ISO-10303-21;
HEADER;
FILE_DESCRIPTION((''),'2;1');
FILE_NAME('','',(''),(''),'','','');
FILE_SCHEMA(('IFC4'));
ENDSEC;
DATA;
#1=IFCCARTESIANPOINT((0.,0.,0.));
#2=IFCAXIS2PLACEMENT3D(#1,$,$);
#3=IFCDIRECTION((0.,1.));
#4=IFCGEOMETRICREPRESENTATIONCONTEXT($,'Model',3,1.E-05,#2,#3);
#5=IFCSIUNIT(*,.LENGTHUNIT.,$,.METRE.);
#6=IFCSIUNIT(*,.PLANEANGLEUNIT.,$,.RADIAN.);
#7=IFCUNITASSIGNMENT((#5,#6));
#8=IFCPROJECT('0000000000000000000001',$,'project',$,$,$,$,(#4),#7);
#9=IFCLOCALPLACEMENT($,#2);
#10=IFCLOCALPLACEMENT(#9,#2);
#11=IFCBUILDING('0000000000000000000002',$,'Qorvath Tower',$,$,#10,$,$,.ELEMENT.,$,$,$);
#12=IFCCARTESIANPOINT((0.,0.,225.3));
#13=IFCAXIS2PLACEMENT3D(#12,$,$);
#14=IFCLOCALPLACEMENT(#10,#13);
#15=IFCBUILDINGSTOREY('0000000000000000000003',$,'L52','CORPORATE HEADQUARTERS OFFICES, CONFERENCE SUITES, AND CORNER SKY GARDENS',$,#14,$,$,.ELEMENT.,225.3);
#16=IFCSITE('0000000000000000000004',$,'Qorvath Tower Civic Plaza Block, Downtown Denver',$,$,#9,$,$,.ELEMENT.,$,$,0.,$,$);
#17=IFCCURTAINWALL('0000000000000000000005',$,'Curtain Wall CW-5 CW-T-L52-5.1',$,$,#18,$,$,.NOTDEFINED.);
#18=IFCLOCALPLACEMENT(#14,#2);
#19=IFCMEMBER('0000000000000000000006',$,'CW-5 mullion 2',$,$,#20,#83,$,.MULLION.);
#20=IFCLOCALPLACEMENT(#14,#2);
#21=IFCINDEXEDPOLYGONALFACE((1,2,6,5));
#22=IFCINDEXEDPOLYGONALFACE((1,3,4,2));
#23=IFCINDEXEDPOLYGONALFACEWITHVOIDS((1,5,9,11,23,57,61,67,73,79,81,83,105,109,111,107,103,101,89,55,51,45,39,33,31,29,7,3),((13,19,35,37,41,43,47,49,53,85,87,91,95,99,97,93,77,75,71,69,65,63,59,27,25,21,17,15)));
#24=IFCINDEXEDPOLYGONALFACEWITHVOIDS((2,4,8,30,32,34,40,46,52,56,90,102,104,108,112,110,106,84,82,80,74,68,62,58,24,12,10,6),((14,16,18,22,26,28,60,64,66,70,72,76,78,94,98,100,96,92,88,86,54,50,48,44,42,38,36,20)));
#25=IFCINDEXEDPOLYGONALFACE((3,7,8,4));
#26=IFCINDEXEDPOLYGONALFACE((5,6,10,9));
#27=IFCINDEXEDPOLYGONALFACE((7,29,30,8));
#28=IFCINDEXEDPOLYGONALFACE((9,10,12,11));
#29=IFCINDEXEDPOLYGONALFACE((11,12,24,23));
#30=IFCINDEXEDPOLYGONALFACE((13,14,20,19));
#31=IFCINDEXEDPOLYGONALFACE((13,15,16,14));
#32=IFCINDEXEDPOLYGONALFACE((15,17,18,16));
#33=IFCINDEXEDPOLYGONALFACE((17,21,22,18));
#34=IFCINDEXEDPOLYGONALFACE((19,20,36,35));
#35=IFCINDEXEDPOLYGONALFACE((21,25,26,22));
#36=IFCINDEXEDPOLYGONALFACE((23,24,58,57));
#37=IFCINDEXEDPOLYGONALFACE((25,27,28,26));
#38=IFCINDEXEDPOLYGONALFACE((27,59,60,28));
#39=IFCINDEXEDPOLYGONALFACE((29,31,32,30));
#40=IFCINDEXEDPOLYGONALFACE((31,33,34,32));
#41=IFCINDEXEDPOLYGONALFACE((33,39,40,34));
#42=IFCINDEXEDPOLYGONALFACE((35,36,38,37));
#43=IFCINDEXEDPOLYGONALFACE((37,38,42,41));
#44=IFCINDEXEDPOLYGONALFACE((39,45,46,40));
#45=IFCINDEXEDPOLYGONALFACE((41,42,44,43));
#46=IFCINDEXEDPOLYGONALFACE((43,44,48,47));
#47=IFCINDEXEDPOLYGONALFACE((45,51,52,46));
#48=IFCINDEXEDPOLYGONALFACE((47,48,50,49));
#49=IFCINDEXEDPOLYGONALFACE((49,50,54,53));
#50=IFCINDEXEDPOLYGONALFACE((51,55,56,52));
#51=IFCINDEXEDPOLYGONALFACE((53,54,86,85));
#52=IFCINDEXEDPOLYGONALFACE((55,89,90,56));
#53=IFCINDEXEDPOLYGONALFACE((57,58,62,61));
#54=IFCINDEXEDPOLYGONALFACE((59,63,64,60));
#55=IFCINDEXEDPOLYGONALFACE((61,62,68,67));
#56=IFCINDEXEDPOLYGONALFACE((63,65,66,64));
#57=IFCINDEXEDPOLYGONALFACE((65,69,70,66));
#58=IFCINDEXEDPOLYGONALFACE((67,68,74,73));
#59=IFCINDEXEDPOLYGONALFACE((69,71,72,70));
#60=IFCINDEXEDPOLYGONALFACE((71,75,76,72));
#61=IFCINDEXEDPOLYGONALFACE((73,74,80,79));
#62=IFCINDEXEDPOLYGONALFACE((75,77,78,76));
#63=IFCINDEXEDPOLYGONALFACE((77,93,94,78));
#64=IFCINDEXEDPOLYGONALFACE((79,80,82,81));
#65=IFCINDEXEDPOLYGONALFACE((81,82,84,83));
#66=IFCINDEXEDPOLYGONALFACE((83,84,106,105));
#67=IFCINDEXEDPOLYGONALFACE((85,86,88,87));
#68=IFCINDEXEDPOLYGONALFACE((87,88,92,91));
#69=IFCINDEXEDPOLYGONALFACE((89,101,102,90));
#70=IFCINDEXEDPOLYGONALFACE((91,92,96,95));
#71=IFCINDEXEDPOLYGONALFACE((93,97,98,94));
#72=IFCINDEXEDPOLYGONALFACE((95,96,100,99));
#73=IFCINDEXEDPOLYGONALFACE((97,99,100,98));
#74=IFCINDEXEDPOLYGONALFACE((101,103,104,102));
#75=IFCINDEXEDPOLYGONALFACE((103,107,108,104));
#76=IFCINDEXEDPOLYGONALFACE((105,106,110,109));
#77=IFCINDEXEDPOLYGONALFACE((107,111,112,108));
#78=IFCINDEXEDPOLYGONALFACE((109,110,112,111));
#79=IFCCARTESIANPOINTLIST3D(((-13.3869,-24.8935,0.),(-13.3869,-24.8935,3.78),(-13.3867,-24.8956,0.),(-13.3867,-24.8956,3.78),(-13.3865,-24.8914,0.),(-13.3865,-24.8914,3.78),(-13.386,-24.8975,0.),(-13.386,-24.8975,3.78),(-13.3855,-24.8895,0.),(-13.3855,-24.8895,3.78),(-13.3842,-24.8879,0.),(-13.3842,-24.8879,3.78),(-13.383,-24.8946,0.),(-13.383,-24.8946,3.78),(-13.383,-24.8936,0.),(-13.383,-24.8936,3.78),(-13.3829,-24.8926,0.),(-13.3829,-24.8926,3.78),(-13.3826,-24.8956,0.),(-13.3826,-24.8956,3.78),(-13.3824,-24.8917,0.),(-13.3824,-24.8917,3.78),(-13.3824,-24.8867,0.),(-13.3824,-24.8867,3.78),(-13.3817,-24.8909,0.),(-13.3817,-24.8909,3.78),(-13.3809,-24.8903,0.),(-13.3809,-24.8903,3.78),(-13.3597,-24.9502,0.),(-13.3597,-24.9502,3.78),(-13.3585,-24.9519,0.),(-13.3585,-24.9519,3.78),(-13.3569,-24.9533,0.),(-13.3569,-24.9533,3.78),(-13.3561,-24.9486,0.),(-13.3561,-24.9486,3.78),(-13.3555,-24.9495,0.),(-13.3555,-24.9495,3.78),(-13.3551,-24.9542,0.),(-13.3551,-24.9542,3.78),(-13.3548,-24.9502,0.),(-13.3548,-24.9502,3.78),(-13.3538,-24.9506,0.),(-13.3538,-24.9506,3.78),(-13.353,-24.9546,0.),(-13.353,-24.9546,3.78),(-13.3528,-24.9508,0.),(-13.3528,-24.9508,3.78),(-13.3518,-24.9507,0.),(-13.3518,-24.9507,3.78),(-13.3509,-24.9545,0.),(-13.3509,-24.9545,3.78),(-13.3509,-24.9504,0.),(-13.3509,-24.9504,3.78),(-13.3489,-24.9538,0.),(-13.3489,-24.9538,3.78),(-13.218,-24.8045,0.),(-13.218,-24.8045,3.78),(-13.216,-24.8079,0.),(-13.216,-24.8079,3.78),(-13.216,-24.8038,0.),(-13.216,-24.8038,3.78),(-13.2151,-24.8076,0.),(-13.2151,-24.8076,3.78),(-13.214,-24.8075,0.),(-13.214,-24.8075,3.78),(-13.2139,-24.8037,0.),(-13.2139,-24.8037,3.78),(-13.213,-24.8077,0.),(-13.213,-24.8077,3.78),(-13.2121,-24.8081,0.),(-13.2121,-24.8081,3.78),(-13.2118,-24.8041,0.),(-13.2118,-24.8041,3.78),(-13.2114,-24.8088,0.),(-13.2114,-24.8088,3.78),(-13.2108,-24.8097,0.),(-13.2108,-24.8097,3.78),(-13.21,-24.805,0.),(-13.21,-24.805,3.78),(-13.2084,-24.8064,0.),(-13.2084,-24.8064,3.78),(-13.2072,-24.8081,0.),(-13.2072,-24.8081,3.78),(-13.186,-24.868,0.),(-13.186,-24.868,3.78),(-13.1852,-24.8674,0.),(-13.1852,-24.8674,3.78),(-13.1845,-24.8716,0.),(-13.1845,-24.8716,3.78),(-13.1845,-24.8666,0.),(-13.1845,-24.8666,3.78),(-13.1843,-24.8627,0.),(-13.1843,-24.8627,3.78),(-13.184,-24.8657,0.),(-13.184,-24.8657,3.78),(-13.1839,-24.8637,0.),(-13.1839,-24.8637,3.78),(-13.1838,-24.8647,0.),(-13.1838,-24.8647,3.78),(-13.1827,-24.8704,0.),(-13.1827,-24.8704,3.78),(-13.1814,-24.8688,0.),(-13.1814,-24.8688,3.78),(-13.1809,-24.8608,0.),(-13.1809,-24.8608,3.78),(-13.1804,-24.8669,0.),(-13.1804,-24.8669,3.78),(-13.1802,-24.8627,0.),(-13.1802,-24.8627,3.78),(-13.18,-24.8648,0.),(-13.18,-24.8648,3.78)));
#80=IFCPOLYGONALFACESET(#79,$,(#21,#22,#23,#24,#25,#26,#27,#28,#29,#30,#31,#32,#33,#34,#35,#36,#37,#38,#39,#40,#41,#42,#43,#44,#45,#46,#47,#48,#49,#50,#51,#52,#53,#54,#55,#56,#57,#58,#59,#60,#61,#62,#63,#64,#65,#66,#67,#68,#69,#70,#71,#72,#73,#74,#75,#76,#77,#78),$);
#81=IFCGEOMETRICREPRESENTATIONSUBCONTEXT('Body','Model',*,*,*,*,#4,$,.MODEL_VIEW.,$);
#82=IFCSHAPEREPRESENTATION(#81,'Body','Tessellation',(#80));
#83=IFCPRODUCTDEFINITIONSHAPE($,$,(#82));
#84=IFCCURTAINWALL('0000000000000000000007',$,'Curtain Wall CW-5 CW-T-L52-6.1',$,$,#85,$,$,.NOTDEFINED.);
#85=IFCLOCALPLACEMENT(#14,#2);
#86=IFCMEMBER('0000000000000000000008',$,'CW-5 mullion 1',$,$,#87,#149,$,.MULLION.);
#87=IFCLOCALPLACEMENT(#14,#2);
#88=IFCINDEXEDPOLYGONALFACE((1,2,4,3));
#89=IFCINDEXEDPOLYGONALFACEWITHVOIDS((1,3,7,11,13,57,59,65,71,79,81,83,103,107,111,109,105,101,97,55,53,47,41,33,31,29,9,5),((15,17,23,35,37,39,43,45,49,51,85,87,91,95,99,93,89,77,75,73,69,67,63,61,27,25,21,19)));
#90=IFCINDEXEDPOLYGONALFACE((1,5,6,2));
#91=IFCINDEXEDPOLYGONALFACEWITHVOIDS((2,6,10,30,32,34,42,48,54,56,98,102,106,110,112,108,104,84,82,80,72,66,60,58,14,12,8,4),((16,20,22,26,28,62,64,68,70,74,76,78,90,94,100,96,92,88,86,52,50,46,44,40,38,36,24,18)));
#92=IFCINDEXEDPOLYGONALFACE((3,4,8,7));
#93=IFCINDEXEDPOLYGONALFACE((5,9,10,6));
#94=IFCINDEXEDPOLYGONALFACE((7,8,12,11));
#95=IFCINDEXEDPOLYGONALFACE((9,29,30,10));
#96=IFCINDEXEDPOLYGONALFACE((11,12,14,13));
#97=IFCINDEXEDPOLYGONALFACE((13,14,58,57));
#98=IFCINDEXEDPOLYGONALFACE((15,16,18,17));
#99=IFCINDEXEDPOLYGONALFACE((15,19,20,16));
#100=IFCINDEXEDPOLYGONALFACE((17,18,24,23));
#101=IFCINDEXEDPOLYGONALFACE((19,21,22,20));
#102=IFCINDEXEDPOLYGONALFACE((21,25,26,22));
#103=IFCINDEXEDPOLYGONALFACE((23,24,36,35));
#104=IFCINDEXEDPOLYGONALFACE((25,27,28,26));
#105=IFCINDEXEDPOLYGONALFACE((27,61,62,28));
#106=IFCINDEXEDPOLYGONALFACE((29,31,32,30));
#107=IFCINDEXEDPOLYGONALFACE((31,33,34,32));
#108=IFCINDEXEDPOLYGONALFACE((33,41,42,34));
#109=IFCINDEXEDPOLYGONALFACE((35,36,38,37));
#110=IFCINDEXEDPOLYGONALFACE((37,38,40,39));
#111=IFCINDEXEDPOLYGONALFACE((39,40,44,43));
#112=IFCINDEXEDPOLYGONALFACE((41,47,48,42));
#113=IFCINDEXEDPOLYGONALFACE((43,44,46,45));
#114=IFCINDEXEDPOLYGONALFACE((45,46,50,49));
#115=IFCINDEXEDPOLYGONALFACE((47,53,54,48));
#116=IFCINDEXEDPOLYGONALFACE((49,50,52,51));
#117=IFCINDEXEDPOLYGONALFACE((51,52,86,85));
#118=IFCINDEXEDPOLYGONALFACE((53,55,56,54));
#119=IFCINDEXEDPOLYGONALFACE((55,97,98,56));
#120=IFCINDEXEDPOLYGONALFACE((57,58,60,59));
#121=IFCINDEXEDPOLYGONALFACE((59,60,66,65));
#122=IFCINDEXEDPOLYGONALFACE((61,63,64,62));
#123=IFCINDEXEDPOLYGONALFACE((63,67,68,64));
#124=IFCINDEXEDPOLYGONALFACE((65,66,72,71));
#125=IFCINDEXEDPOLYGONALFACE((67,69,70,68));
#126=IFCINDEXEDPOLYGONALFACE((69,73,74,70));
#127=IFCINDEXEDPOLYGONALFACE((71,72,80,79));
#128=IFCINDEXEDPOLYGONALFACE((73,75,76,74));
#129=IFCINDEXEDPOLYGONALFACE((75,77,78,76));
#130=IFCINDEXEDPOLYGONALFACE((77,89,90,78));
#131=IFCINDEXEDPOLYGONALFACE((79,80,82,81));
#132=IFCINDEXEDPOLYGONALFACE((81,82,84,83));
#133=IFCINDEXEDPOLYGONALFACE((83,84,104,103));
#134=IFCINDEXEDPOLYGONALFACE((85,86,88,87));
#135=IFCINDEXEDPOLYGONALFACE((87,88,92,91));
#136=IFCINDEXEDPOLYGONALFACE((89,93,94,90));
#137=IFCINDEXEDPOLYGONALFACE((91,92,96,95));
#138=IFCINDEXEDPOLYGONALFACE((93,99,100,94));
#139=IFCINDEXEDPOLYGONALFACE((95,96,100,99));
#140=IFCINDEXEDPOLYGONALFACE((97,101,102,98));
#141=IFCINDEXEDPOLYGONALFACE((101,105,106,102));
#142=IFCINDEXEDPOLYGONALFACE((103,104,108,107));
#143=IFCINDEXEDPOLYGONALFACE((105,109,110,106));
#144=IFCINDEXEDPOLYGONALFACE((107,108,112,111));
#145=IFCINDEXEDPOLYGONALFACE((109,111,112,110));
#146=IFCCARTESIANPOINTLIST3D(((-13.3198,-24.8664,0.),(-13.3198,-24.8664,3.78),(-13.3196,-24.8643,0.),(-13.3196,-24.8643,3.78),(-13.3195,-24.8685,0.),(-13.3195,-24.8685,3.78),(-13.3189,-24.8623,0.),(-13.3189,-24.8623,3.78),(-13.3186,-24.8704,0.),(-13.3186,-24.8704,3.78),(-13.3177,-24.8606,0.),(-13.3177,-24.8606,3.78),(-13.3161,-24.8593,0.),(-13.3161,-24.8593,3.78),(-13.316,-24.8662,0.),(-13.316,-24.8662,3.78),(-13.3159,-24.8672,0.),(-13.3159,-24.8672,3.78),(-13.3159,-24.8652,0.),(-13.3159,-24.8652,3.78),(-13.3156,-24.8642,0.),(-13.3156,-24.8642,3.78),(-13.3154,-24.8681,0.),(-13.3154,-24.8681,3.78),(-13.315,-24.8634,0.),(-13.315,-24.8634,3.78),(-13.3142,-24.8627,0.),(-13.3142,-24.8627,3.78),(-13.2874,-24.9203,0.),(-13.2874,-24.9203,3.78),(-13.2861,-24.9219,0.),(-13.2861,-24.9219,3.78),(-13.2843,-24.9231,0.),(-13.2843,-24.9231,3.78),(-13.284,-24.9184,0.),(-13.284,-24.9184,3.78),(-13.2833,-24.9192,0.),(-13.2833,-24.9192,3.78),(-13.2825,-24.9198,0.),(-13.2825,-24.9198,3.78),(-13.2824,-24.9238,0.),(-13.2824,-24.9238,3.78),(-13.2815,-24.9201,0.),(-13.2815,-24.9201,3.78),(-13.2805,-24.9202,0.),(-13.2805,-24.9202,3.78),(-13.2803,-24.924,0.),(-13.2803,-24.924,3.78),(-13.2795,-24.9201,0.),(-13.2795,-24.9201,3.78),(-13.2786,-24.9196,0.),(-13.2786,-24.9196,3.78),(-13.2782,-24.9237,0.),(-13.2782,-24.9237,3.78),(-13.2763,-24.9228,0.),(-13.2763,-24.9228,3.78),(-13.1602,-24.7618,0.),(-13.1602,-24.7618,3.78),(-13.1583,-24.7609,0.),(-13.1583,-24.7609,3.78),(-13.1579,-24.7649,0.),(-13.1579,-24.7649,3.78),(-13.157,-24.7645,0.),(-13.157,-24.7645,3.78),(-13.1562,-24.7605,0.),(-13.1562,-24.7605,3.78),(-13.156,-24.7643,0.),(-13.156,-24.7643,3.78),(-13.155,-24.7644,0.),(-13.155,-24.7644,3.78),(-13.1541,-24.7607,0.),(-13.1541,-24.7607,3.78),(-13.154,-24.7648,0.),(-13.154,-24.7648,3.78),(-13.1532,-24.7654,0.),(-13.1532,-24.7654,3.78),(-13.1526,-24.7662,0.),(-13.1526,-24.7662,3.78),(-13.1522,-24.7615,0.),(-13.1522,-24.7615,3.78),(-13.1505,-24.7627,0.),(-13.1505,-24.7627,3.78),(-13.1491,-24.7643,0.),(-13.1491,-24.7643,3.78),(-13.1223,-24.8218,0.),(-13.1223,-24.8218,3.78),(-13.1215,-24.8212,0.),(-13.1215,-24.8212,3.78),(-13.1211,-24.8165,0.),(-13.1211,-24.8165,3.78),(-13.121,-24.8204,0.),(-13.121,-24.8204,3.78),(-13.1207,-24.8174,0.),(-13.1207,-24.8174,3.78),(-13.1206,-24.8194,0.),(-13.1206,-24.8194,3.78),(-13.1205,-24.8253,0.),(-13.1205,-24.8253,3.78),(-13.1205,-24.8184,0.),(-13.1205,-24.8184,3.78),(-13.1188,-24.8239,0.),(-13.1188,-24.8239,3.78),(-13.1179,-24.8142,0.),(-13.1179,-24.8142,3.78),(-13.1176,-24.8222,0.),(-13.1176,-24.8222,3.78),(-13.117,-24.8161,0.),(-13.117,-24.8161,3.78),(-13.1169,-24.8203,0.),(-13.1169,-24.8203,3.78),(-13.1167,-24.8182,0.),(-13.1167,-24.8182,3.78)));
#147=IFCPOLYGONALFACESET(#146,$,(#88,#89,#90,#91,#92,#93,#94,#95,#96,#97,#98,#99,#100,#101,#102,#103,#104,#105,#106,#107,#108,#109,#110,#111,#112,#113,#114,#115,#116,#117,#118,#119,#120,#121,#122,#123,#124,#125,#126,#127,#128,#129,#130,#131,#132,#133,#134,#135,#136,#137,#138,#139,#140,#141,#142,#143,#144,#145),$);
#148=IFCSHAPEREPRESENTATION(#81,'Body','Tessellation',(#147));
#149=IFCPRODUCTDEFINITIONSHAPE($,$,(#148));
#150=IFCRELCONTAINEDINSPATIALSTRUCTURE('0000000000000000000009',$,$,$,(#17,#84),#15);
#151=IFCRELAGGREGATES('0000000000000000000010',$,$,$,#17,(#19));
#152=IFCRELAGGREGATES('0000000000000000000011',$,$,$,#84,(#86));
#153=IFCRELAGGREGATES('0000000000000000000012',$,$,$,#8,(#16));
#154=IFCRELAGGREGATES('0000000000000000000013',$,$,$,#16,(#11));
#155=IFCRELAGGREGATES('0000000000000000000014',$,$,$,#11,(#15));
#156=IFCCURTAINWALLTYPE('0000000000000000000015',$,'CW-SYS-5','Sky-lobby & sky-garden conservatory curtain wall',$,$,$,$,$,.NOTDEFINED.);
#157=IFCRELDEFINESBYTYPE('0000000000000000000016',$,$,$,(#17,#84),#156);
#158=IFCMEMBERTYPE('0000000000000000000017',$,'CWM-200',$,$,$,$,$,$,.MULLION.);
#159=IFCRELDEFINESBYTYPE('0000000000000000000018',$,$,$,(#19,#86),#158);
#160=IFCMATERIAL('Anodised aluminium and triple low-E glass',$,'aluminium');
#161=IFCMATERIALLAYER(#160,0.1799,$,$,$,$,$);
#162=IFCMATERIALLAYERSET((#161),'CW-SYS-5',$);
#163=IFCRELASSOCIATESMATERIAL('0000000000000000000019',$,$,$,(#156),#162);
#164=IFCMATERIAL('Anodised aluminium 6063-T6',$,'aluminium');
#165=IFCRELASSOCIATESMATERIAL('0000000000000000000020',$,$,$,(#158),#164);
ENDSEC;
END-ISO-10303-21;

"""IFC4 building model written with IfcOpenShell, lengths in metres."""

from ifc_helpers import new_model, si_unit, direction, frame, origin, origin_2d, place, context, subcontext, project, spatial, hollow_rectangle, extrude, material, layer, layer_set, material_profile, profile_set, type_object, element, aggregate, save


model = new_model("IFC4")

# Units and contexts
model_context = context("Model", 3, precision=1e-05, world=origin(), true_north=direction((0.0, 1.0)))
body_context = subcontext(model_context, "Body", "Model", "MODEL_VIEW")
ifc_project = project(units=[si_unit("LENGTHUNIT", "METRE"), si_unit("PLANEANGLEUNIT", "RADIAN")], contexts=[model_context])

# Site, building, storey
site_placement = place(None, origin())
site = spatial("IfcSite", under=ifc_project, at=site_placement, Name="Qorvath Tower Civic Plaza Block, Downtown Denver", CompositionType="ELEMENT", RefElevation=0.0)
building_placement = place(site_placement, origin())
building = spatial("IfcBuilding", under=site, at=building_placement, Name="Qorvath Tower", CompositionType="ELEMENT")
storey_placement = place(building_placement, frame((0.0, 0.0, 225.3)))
storey = spatial("IfcBuildingStorey", under=building, at=storey_placement, Name="L52", Description="CORPORATE HEADQUARTERS OFFICES, CONFERENCE SUITES, AND CORNER SKY GARDENS", CompositionType="ELEMENT", Elevation=225.3)

# Shared definitions
ifc_material_1 = material(Name="Anodised aluminium and triple low-E glass", Category="aluminium")
ifc_layer_1 = layer(ifc_material_1, 0.1799)
ifc_layer_set_1 = layer_set([ifc_layer_1], Name="CW-SYS-5")
curtain_wall_type = type_object("IfcCurtainWallType", Name="CW-SYS-5", Description="Sky-lobby & sky-garden conservatory curtain wall", PredefinedType="NOTDEFINED", material=ifc_layer_set_1)
ifc_material_2 = material(Name="Anodised aluminium 6063-T6", Category="aluminium")
ifc_material_profile_1 = material_profile(ifc_material_2, hollow_rectangle(XDim=0.075, YDim=0.2, WallThickness=0.0039, InnerFilletRadius=0.0039, OuterFilletRadius=0.0081, at=origin_2d()), Name="CWM 200x75")
ifc_profile_set_1 = profile_set([ifc_material_profile_1], Name="Anodised aluminium 6063-T6")
member_type_1 = type_object("IfcMemberType", Name="CWM-200", PredefinedType="MULLION", material=ifc_profile_set_1)

# Curtain walls, members
curtain_wall_1_placement = place(storey_placement, origin())
curtain_wall_1 = element("IfcCurtainWall", 1, at=curtain_wall_1_placement, inside=storey, type_object=curtain_wall_type, Name="Curtain Wall CW-5 CW-T-L52-5.1", PredefinedType="NOTDEFINED")
member_1_placement = place(storey_placement, frame((-13.2834, -24.8792, 0.0), z_axis=(0.0, 0.0, 1.0), x_axis=(-0.447232, 0.894418, 0.0)))
member_1 = element("IfcMember", 2, at=member_1_placement, type_object=member_type_1, Name="CW-5 mullion 2", PredefinedType="MULLION", context=body_context, shape_type="SweptSolid", body=[
    extrude(hollow_rectangle(XDim=0.075, YDim=0.2, WallThickness=0.0039, InnerFilletRadius=0.0039, OuterFilletRadius=0.0081, at=origin_2d()), origin(), (0.0, 0.0, 1.0), 3.78),
])
curtain_wall_2_placement = place(storey_placement, origin())
curtain_wall_2 = element("IfcCurtainWall", 3, at=curtain_wall_2_placement, inside=storey, type_object=curtain_wall_type, Name="Curtain Wall CW-5 CW-T-L52-6.1", PredefinedType="NOTDEFINED")
member_2_placement = place(storey_placement, frame((-13.2183, -24.8423, 0.0), z_axis=(0.0, 0.0, 1.0), x_axis=(-0.530545, 0.847657, 0.0)))
member_2 = element("IfcMember", 4, at=member_2_placement, type_object=member_type_1, Name="CW-5 mullion 1", PredefinedType="MULLION", context=body_context, shape_type="SweptSolid", body=[
    extrude(hollow_rectangle(XDim=0.075, YDim=0.2, WallThickness=0.0039, InnerFilletRadius=0.0039, OuterFilletRadius=0.0081, at=origin_2d()), origin(), (0.0, 0.0, 1.0), 3.78),
])

aggregate(curtain_wall_1, [member_1])
aggregate(curtain_wall_2, [member_2])

save(model, "model.ifc")
